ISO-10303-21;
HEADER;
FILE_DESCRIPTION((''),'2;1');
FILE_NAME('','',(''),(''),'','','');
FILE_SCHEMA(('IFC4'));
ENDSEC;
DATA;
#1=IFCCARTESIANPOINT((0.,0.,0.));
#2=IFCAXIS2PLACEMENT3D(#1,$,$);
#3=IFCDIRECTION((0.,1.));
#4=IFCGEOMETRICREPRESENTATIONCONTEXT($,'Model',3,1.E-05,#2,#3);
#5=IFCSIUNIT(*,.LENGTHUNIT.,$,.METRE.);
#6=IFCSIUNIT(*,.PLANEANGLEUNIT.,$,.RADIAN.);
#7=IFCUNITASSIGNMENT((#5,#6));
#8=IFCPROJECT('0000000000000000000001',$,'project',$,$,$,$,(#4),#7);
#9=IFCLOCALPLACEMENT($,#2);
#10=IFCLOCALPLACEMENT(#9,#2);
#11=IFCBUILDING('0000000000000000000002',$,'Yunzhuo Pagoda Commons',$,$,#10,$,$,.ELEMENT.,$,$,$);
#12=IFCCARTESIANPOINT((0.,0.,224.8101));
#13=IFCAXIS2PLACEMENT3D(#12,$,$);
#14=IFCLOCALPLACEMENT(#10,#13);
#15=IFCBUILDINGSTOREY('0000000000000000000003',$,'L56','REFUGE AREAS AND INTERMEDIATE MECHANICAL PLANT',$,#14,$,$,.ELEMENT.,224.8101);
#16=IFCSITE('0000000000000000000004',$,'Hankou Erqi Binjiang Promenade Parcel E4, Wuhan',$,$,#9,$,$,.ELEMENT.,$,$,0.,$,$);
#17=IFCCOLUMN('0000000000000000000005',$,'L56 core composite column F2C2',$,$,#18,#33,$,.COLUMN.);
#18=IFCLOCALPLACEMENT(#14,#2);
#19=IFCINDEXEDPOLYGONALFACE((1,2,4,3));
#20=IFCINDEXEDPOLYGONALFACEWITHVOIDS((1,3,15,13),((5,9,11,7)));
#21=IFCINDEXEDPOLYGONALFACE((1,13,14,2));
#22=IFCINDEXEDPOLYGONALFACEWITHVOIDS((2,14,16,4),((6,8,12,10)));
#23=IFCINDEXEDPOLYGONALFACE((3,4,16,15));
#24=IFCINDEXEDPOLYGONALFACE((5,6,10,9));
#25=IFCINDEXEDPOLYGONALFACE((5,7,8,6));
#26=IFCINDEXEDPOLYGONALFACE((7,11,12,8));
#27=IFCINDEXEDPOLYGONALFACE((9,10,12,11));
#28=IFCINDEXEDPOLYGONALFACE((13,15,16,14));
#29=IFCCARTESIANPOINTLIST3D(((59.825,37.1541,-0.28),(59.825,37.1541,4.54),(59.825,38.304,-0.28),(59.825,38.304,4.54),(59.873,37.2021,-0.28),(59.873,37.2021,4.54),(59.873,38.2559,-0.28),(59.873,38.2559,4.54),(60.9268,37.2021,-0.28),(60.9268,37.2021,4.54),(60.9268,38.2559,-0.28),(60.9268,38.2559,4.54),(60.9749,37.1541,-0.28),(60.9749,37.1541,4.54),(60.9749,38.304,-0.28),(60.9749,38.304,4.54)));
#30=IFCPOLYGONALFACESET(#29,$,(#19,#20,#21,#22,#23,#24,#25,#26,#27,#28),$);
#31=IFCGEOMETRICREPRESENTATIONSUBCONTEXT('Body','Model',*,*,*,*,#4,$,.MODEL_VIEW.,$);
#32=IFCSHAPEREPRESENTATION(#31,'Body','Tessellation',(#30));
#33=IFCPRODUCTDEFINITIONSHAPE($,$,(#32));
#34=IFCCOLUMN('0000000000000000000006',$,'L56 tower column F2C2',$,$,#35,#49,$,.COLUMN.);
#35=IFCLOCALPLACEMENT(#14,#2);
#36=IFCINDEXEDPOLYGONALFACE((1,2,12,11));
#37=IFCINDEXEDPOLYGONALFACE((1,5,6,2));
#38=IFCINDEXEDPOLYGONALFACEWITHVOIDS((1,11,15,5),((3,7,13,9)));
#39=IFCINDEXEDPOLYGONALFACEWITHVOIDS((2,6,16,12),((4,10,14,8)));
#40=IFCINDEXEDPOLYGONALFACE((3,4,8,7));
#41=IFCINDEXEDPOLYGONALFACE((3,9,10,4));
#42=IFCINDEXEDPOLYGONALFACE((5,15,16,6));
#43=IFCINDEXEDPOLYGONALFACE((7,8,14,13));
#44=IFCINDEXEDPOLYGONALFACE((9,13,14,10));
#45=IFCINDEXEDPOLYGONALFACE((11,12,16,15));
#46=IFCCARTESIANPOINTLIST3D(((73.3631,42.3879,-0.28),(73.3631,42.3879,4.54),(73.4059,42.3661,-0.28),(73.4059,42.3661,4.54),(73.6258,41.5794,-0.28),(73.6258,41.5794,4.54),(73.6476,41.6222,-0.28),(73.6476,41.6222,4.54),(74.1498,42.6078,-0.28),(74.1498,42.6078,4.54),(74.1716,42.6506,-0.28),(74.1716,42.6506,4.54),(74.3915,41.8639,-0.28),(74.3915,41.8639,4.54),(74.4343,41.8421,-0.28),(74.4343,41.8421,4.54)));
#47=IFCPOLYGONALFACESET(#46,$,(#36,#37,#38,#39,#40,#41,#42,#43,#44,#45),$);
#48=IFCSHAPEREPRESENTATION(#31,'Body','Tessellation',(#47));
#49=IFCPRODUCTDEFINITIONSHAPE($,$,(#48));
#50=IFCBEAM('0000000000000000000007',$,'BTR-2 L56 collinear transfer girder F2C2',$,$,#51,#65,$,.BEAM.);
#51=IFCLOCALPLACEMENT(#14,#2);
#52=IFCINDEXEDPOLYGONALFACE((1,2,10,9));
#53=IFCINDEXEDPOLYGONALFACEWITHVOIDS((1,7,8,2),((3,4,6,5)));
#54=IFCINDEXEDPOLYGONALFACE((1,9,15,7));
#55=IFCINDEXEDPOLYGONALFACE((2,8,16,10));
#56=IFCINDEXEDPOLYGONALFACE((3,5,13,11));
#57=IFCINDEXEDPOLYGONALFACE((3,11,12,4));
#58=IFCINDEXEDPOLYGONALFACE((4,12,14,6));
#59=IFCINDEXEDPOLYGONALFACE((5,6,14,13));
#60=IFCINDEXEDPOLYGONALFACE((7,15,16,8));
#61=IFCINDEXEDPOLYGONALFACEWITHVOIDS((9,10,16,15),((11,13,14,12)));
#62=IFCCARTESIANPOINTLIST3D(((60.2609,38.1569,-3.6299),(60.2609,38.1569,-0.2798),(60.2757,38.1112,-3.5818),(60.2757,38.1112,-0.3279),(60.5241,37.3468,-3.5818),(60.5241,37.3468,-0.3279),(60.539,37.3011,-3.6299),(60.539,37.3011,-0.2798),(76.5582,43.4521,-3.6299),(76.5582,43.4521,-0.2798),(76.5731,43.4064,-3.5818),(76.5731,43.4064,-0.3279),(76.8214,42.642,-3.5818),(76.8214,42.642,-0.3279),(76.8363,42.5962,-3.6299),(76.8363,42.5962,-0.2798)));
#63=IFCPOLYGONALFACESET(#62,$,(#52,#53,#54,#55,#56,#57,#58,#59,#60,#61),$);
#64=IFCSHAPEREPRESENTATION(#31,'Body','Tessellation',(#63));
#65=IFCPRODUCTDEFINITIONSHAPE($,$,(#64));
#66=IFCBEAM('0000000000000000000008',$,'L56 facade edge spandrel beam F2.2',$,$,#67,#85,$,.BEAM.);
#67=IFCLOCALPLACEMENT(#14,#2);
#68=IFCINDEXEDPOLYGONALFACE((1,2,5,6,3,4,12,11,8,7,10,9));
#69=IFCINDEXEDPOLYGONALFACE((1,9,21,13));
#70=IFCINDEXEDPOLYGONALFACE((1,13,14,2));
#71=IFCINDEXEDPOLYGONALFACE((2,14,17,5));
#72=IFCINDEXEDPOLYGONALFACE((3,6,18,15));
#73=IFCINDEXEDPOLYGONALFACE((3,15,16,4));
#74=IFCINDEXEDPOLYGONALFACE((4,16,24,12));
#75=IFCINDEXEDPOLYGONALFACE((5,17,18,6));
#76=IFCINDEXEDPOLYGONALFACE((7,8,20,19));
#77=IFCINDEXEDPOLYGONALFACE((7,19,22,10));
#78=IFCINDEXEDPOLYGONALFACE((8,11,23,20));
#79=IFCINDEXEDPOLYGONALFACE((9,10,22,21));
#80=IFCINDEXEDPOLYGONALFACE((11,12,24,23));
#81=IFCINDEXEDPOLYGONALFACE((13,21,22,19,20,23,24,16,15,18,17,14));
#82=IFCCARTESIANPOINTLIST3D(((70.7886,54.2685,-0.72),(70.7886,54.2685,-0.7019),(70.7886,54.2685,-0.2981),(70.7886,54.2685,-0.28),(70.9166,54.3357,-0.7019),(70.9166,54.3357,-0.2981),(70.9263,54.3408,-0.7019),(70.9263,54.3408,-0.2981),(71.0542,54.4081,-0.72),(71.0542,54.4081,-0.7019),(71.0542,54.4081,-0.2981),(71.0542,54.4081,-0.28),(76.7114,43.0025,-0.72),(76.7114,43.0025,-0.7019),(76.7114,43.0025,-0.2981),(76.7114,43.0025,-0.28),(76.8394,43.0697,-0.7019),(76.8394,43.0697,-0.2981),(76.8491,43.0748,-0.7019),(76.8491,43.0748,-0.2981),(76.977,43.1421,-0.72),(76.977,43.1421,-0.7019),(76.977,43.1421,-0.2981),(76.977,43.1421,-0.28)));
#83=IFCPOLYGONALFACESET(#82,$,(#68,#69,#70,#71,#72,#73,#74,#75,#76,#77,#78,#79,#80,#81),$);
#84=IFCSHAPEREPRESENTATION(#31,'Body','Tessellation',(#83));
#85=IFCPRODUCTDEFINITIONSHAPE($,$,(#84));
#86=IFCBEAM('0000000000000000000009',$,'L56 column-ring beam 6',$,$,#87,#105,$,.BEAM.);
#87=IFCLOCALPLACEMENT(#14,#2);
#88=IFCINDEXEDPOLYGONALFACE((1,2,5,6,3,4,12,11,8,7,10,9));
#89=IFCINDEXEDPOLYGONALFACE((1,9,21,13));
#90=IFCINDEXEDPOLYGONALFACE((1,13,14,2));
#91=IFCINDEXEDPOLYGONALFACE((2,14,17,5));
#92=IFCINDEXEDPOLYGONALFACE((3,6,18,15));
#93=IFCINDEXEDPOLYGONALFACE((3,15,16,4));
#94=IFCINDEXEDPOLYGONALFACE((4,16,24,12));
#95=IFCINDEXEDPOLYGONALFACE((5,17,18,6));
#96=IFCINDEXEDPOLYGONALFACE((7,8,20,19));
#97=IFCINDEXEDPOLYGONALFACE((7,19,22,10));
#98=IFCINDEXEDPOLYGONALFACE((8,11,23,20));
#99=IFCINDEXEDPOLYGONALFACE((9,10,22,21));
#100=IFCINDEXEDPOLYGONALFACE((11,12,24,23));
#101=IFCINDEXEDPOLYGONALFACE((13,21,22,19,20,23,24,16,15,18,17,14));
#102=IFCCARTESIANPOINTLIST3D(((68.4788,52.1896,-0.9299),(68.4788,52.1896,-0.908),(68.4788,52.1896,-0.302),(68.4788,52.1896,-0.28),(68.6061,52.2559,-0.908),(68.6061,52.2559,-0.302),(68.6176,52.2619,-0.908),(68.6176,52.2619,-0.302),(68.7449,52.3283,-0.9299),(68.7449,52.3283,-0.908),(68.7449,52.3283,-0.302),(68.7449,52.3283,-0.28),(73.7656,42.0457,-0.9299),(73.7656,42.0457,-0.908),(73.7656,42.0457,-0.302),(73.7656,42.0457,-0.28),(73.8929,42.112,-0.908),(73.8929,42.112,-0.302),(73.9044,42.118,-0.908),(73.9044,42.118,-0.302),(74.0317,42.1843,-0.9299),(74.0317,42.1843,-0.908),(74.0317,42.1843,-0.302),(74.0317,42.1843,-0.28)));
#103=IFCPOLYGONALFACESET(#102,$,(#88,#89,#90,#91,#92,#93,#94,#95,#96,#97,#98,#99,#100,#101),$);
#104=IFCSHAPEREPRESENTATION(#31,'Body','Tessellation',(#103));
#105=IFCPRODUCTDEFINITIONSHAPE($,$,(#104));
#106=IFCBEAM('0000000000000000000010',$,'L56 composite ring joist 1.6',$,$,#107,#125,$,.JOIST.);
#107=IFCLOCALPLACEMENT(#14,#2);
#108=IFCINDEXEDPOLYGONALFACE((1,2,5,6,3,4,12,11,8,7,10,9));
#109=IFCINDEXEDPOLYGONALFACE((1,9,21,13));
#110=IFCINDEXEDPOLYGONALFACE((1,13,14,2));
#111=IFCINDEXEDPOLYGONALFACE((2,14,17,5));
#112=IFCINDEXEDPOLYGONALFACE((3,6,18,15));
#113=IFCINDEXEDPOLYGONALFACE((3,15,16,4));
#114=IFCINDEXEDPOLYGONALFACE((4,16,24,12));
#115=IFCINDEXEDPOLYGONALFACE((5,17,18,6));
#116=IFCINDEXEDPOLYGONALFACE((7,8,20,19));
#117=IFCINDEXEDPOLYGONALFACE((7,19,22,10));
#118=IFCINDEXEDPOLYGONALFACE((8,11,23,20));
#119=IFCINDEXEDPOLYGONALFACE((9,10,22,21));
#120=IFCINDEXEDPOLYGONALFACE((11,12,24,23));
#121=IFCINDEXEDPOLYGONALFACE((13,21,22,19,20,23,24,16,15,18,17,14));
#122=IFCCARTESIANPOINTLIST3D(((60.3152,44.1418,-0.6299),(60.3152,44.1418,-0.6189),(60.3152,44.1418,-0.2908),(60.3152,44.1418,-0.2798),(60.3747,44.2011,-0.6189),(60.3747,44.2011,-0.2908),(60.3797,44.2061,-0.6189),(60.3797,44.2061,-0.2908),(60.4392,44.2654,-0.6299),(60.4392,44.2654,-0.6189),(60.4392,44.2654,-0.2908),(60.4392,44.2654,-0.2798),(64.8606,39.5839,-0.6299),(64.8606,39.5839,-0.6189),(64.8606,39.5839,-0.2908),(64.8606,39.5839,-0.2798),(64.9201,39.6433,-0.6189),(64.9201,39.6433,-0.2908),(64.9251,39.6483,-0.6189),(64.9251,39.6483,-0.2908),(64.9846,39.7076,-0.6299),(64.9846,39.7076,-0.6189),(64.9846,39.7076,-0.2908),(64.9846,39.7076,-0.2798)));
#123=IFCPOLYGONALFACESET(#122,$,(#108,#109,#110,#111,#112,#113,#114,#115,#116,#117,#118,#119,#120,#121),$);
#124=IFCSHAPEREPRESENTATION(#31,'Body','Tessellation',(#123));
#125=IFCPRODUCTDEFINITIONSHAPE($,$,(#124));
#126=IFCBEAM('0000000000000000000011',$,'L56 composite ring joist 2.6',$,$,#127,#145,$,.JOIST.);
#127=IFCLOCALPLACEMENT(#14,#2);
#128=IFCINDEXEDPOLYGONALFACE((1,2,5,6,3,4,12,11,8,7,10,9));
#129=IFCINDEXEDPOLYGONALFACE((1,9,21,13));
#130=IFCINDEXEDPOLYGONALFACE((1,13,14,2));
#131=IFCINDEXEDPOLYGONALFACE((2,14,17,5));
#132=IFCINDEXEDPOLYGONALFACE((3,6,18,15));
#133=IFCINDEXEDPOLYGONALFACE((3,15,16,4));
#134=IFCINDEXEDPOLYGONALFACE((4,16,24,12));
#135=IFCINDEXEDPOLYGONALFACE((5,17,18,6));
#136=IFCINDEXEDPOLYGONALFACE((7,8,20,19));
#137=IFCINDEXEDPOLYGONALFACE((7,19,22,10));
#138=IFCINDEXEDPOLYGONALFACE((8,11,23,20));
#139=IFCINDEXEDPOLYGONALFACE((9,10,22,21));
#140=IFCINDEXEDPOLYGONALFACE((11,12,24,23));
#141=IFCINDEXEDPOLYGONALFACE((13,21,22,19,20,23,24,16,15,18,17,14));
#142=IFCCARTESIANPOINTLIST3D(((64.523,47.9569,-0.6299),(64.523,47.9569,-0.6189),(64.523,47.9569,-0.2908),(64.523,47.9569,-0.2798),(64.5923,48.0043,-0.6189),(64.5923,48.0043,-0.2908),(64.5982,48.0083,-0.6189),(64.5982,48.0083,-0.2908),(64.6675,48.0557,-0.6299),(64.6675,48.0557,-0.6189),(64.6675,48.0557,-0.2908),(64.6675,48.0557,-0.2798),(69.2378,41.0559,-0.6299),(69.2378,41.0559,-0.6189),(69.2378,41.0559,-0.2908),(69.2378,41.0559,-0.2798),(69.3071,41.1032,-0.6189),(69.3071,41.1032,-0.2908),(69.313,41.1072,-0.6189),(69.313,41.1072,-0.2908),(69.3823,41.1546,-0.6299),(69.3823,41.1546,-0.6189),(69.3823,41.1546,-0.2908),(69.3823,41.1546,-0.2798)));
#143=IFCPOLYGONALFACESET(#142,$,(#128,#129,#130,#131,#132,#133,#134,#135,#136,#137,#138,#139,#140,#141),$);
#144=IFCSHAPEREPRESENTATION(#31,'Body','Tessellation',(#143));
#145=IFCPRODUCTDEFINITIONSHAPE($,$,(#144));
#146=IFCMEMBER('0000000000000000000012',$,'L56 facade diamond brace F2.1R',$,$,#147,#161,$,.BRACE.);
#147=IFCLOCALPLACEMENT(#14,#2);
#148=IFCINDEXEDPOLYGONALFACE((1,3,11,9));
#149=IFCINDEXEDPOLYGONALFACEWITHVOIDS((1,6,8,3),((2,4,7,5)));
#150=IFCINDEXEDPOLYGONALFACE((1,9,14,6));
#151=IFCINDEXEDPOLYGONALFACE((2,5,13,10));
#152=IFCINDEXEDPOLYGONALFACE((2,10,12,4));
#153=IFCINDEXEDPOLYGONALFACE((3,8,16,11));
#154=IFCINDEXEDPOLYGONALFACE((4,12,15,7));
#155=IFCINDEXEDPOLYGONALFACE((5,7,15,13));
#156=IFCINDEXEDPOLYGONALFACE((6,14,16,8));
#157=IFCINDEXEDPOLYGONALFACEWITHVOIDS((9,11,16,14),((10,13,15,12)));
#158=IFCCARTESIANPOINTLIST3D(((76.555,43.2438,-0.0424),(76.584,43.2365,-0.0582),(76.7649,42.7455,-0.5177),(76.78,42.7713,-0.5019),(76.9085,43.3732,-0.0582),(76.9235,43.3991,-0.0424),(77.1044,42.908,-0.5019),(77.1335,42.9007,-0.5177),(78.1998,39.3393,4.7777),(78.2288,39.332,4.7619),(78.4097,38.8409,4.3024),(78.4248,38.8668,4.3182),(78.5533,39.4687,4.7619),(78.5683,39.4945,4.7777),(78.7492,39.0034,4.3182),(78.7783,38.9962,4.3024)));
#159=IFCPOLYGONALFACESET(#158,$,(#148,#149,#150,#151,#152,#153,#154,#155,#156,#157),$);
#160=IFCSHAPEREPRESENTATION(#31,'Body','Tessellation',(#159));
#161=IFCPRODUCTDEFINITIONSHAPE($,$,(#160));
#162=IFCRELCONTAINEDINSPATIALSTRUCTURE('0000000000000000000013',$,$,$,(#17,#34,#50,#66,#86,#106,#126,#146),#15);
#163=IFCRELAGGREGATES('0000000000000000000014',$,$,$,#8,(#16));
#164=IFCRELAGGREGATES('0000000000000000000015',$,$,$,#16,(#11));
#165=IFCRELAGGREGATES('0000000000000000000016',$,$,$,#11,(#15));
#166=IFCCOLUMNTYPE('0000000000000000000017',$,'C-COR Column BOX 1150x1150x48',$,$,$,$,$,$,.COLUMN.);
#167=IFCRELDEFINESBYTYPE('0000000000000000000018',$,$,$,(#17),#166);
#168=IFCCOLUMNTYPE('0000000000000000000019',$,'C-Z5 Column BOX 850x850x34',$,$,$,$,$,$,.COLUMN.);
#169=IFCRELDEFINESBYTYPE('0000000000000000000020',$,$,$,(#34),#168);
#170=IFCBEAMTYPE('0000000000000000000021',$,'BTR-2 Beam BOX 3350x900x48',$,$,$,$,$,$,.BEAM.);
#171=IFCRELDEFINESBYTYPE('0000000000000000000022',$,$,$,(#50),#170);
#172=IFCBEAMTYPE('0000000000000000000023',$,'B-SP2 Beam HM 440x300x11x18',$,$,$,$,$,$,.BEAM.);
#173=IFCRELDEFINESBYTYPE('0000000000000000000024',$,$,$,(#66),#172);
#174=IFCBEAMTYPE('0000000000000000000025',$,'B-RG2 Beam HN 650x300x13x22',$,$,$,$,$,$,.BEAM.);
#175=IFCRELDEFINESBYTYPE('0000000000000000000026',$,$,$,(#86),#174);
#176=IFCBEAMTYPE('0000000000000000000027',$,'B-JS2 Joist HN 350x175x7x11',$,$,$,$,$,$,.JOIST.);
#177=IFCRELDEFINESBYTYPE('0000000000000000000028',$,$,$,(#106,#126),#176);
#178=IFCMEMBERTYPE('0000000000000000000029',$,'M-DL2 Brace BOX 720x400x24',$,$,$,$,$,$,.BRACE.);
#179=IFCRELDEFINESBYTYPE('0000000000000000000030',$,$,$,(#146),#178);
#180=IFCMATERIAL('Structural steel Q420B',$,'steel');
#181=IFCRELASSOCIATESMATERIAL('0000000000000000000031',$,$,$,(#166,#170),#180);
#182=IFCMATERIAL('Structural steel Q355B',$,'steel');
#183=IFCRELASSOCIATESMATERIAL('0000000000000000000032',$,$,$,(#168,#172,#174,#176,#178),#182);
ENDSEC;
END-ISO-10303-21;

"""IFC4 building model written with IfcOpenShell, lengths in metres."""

from ifc_helpers import new_model, si_unit, direction, frame, origin, origin_2d, place, context, subcontext, project, spatial, hollow_rectangle, i_section, extrude, source, transform, mapped, material, material_profile, profile_set, type_object, element, save


model = new_model("IFC4")

# Units and contexts
model_context = context("Model", 3, precision=1e-05, world=origin(), true_north=direction((0.0, 1.0)))
body_context = subcontext(model_context, "Body", "Model", "MODEL_VIEW")
ifc_project = project(units=[si_unit("LENGTHUNIT", "METRE"), si_unit("PLANEANGLEUNIT", "RADIAN")], contexts=[model_context])

# Site, building, storey
site_placement = place(None, origin())
site = spatial("IfcSite", under=ifc_project, at=site_placement, Name="Hankou Erqi Binjiang Promenade Parcel E4, Wuhan", CompositionType="ELEMENT", RefElevation=0.0)
building_placement = place(site_placement, origin())
building = spatial("IfcBuilding", under=site, at=building_placement, Name="Yunzhuo Pagoda Commons", CompositionType="ELEMENT")
storey_placement = place(building_placement, frame((0.0, 0.0, 224.8101)))
storey = spatial("IfcBuildingStorey", under=building, at=storey_placement, Name="L56", Description="REFUGE AREAS AND INTERMEDIATE MECHANICAL PLANT", CompositionType="ELEMENT", Elevation=224.8101)

# Columns
ifc_material_1 = material(Name="Structural steel Q420B", Category="steel")
ifc_material_profile_1 = material_profile(ifc_material_1, hollow_rectangle(XDim=1.1499, YDim=1.1499, WallThickness=0.0481, at=origin_2d()), Name="Structural steel Q420B")
ifc_profile_set_1 = profile_set([ifc_material_profile_1], Name="Structural steel Q420B")
column_type_1 = type_object("IfcColumnType", Name="C-COR Column BOX 1150x1150x48", PredefinedType="COLUMN", material=ifc_profile_set_1)
shared_shape_1 = source(origin(), body_context, "Body", "SweptSolid", [
    extrude(hollow_rectangle(XDim=1.1499, YDim=1.1499, WallThickness=0.0481, at=origin_2d()), origin(), (0.0, 0.0, 1.0), 4.8201),
])
column_1_placement = place(storey_placement, frame((60.3999, 37.729, -0.28), z_axis=(0.0, 0.0, 1.0), x_axis=(1.0, 0.0, 0.0)))
element("IfcColumn", 1, at=column_1_placement, inside=storey, type_object=column_type_1, Name="L56 core composite column F2C2", PredefinedType="COLUMN", context=body_context, shape_type="MappedRepresentation", body=[
    mapped(shared_shape_1, transform((0.0, 0.0, 0.0), scale=1.0)),
])
ifc_material_2 = material(Name="Structural steel Q355B", Category="steel")
ifc_material_profile_2 = material_profile(ifc_material_2, hollow_rectangle(XDim=0.8501, YDim=0.8501, WallThickness=0.0339, at=origin_2d()), Name="Structural steel Q355B")
ifc_profile_set_2 = profile_set([ifc_material_profile_2], Name="Structural steel Q355B")
column_type_2 = type_object("IfcColumnType", Name="C-Z5 Column BOX 850x850x34", PredefinedType="COLUMN", material=ifc_profile_set_2)
shared_shape_2 = source(origin(), body_context, "Body", "SweptSolid", [
    extrude(hollow_rectangle(XDim=0.8501, YDim=0.8501, WallThickness=0.0339, at=origin_2d()), origin(), (0.0, 0.0, 1.0), 4.8201),
])
column_2_placement = place(storey_placement, frame((73.8987, 42.115, -0.28), z_axis=(0.0, 0.0, 1.0), x_axis=(-0.309017, 0.951057, 0.0)))
element("IfcColumn", 2, at=column_2_placement, inside=storey, type_object=column_type_2, Name="L56 tower column F2C2", PredefinedType="COLUMN", context=body_context, shape_type="MappedRepresentation", body=[
    mapped(shared_shape_2, transform((0.0, 0.0, 0.0), scale=1.0)),
])

# Beams
ifc_material_profile_3 = material_profile(ifc_material_1, hollow_rectangle(XDim=0.8999, YDim=3.3501, WallThickness=0.0481, at=origin_2d()), Name="Structural steel Q420B")
ifc_profile_set_3 = profile_set([ifc_material_profile_3], Name="Structural steel Q420B")
beam_type_1 = type_object("IfcBeamType", Name="BTR-2 Beam BOX 3350x900x48", PredefinedType="BEAM", material=ifc_profile_set_3)
shared_shape_3 = source(origin(), body_context, "Body", "SweptSolid", [
    extrude(hollow_rectangle(XDim=0.8999, YDim=3.3501, WallThickness=0.0481, at=origin_2d()), origin(), (0.0, 0.0, 1.0), 17.136),
])
beam_1_placement = place(storey_placement, frame((76.6973, 43.0242, -1.9548), z_axis=(-0.951059, -0.309008, 0.0), x_axis=(0.309008, -0.951059, 0.0)))
element("IfcBeam", 3, at=beam_1_placement, inside=storey, type_object=beam_type_1, Name="BTR-2 L56 collinear transfer girder F2C2", PredefinedType="BEAM", context=body_context, shape_type="MappedRepresentation", body=[
    mapped(shared_shape_3, transform((0.0, 0.0, 0.0), scale=1.0)),
])
ifc_material_profile_4 = material_profile(ifc_material_2, i_section(OverallWidth=0.3, OverallDepth=0.4399, WebThickness=0.011, FlangeThickness=0.0181, at=origin_2d()), Name="Structural steel Q355B")
ifc_profile_set_4 = profile_set([ifc_material_profile_4], Name="Structural steel Q355B")
beam_type_2 = type_object("IfcBeamType", Name="B-SP2 Beam HM 440x300x11x18", PredefinedType="BEAM", material=ifc_profile_set_4)
shared_shape_4 = source(origin(), body_context, "Body", "SweptSolid", [
    extrude(i_section(OverallWidth=0.3, OverallDepth=0.4399, WebThickness=0.011, FlangeThickness=0.0181, at=origin_2d()), origin(), (0.0, 0.0, 1.0), 12.728),
])
beam_2_placement = place(storey_placement, frame((76.8442, 43.0723, -0.5), z_axis=(-0.465335, 0.885134, 0.0), x_axis=(-0.885134, -0.465335, 0.0)))
element("IfcBeam", 4, at=beam_2_placement, inside=storey, type_object=beam_type_2, Name="L56 facade edge spandrel beam F2.2", PredefinedType="BEAM", context=body_context, shape_type="MappedRepresentation", body=[
    mapped(shared_shape_4, transform((0.0, 0.0, 0.0), scale=1.0)),
])
ifc_material_profile_5 = material_profile(ifc_material_2, i_section(OverallWidth=0.3, OverallDepth=0.6499, WebThickness=0.0129, FlangeThickness=0.022, at=origin_2d()), Name="Structural steel Q355B")
ifc_profile_set_5 = profile_set([ifc_material_profile_5], Name="Structural steel Q355B")
beam_type_3 = type_object("IfcBeamType", Name="B-RG2 Beam HN 650x300x13x22", PredefinedType="BEAM", material=ifc_profile_set_5)
shared_shape_5 = source(origin(), body_context, "Body", "SweptSolid", [
    extrude(i_section(OverallWidth=0.3, OverallDepth=0.6499, WebThickness=0.0129, FlangeThickness=0.022, at=origin_2d()), origin(), (0.0, 0.0, 1.0), 11.439),
])
beam_3_placement = place(storey_placement, frame((73.8987, 42.115, -0.605), z_axis=(-0.462176, 0.886788, 0.0), x_axis=(-0.886788, -0.462176, 0.0)))
element("IfcBeam", 5, at=beam_3_placement, inside=storey, type_object=beam_type_3, Name="L56 column-ring beam 6", PredefinedType="BEAM", context=body_context, shape_type="MappedRepresentation", body=[
    mapped(shared_shape_5, transform((0.0, 0.0, 0.0), scale=1.0)),
])
ifc_material_profile_6 = material_profile(ifc_material_2, i_section(OverallWidth=0.175, OverallDepth=0.3501, WebThickness=0.0071, FlangeThickness=0.011, at=origin_2d()), Name="Structural steel Q355B")
ifc_profile_set_6 = profile_set([ifc_material_profile_6], Name="Structural steel Q355B")
beam_type_4 = type_object("IfcBeamType", Name="B-JS2 Joist HN 350x175x7x11", PredefinedType="JOIST", material=ifc_profile_set_6)
shared_shape_6 = source(origin(), body_context, "Body", "SweptSolid", [
    extrude(i_section(OverallWidth=0.175, OverallDepth=0.3501, WebThickness=0.0071, FlangeThickness=0.011, at=origin_2d()), origin(), (0.0, 0.0, 1.0), 6.437),
])
beam_4_placement = place(storey_placement, frame((64.9226, 39.6458, -0.4548), z_axis=(-0.706139, 0.708073, 0.0), x_axis=(-0.708073, -0.706139, 0.0)))
element("IfcBeam", 6, at=beam_4_placement, inside=storey, type_object=beam_type_4, Name="L56 composite ring joist 1.6", PredefinedType="JOIST", context=body_context, shape_type="MappedRepresentation", body=[
    mapped(shared_shape_6, transform((0.0, 0.0, 0.0), scale=1.0)),
])
shared_shape_7 = source(origin(), body_context, "Body", "SweptSolid", [
    extrude(i_section(OverallWidth=0.175, OverallDepth=0.3501, WebThickness=0.0071, FlangeThickness=0.011, at=origin_2d()), origin(), (0.0, 0.0, 1.0), 8.3579),
])
beam_5_placement = place(storey_placement, frame((69.3101, 41.1052, -0.4548), z_axis=(-0.564115, 0.825696, 0.0), x_axis=(-0.825696, -0.564115, 0.0)))
element("IfcBeam", 7, at=beam_5_placement, inside=storey, type_object=beam_type_4, Name="L56 composite ring joist 2.6", PredefinedType="JOIST", context=body_context, shape_type="MappedRepresentation", body=[
    mapped(shared_shape_7, transform((0.0, 0.0, 0.0), scale=1.0)),
])

# Member
ifc_material_profile_7 = material_profile(ifc_material_2, hollow_rectangle(XDim=0.3999, YDim=0.72, WallThickness=0.0239, at=origin_2d()), Name="Structural steel Q355B")
ifc_profile_set_7 = profile_set([ifc_material_profile_7], Name="Structural steel Q355B")
member_type = type_object("IfcMemberType", Name="M-DL2 Brace BOX 720x400x24", PredefinedType="BRACE", material=ifc_profile_set_7)
shared_shape_8 = source(origin(), body_context, "Body", "SweptSolid", [
    extrude(hollow_rectangle(XDim=0.3999, YDim=0.72, WallThickness=0.0239, at=origin_2d()), origin(), (0.0, 0.0, 1.0), 6.4175),
])
member_1_placement = place(storey_placement, frame((76.8442, 43.0723, -0.28), z_axis=(0.256297, -0.608425, 0.751087), x_axis=(0.921571, 0.388209, 0.0)))
element("IfcMember", 8, at=member_1_placement, inside=storey, type_object=member_type, Name="L56 facade diamond brace F2.1R", PredefinedType="BRACE", context=body_context, shape_type="MappedRepresentation", body=[
    mapped(shared_shape_8, transform((0.0, 0.0, 0.0), scale=1.0)),
])

save(model, "model.ifc")
